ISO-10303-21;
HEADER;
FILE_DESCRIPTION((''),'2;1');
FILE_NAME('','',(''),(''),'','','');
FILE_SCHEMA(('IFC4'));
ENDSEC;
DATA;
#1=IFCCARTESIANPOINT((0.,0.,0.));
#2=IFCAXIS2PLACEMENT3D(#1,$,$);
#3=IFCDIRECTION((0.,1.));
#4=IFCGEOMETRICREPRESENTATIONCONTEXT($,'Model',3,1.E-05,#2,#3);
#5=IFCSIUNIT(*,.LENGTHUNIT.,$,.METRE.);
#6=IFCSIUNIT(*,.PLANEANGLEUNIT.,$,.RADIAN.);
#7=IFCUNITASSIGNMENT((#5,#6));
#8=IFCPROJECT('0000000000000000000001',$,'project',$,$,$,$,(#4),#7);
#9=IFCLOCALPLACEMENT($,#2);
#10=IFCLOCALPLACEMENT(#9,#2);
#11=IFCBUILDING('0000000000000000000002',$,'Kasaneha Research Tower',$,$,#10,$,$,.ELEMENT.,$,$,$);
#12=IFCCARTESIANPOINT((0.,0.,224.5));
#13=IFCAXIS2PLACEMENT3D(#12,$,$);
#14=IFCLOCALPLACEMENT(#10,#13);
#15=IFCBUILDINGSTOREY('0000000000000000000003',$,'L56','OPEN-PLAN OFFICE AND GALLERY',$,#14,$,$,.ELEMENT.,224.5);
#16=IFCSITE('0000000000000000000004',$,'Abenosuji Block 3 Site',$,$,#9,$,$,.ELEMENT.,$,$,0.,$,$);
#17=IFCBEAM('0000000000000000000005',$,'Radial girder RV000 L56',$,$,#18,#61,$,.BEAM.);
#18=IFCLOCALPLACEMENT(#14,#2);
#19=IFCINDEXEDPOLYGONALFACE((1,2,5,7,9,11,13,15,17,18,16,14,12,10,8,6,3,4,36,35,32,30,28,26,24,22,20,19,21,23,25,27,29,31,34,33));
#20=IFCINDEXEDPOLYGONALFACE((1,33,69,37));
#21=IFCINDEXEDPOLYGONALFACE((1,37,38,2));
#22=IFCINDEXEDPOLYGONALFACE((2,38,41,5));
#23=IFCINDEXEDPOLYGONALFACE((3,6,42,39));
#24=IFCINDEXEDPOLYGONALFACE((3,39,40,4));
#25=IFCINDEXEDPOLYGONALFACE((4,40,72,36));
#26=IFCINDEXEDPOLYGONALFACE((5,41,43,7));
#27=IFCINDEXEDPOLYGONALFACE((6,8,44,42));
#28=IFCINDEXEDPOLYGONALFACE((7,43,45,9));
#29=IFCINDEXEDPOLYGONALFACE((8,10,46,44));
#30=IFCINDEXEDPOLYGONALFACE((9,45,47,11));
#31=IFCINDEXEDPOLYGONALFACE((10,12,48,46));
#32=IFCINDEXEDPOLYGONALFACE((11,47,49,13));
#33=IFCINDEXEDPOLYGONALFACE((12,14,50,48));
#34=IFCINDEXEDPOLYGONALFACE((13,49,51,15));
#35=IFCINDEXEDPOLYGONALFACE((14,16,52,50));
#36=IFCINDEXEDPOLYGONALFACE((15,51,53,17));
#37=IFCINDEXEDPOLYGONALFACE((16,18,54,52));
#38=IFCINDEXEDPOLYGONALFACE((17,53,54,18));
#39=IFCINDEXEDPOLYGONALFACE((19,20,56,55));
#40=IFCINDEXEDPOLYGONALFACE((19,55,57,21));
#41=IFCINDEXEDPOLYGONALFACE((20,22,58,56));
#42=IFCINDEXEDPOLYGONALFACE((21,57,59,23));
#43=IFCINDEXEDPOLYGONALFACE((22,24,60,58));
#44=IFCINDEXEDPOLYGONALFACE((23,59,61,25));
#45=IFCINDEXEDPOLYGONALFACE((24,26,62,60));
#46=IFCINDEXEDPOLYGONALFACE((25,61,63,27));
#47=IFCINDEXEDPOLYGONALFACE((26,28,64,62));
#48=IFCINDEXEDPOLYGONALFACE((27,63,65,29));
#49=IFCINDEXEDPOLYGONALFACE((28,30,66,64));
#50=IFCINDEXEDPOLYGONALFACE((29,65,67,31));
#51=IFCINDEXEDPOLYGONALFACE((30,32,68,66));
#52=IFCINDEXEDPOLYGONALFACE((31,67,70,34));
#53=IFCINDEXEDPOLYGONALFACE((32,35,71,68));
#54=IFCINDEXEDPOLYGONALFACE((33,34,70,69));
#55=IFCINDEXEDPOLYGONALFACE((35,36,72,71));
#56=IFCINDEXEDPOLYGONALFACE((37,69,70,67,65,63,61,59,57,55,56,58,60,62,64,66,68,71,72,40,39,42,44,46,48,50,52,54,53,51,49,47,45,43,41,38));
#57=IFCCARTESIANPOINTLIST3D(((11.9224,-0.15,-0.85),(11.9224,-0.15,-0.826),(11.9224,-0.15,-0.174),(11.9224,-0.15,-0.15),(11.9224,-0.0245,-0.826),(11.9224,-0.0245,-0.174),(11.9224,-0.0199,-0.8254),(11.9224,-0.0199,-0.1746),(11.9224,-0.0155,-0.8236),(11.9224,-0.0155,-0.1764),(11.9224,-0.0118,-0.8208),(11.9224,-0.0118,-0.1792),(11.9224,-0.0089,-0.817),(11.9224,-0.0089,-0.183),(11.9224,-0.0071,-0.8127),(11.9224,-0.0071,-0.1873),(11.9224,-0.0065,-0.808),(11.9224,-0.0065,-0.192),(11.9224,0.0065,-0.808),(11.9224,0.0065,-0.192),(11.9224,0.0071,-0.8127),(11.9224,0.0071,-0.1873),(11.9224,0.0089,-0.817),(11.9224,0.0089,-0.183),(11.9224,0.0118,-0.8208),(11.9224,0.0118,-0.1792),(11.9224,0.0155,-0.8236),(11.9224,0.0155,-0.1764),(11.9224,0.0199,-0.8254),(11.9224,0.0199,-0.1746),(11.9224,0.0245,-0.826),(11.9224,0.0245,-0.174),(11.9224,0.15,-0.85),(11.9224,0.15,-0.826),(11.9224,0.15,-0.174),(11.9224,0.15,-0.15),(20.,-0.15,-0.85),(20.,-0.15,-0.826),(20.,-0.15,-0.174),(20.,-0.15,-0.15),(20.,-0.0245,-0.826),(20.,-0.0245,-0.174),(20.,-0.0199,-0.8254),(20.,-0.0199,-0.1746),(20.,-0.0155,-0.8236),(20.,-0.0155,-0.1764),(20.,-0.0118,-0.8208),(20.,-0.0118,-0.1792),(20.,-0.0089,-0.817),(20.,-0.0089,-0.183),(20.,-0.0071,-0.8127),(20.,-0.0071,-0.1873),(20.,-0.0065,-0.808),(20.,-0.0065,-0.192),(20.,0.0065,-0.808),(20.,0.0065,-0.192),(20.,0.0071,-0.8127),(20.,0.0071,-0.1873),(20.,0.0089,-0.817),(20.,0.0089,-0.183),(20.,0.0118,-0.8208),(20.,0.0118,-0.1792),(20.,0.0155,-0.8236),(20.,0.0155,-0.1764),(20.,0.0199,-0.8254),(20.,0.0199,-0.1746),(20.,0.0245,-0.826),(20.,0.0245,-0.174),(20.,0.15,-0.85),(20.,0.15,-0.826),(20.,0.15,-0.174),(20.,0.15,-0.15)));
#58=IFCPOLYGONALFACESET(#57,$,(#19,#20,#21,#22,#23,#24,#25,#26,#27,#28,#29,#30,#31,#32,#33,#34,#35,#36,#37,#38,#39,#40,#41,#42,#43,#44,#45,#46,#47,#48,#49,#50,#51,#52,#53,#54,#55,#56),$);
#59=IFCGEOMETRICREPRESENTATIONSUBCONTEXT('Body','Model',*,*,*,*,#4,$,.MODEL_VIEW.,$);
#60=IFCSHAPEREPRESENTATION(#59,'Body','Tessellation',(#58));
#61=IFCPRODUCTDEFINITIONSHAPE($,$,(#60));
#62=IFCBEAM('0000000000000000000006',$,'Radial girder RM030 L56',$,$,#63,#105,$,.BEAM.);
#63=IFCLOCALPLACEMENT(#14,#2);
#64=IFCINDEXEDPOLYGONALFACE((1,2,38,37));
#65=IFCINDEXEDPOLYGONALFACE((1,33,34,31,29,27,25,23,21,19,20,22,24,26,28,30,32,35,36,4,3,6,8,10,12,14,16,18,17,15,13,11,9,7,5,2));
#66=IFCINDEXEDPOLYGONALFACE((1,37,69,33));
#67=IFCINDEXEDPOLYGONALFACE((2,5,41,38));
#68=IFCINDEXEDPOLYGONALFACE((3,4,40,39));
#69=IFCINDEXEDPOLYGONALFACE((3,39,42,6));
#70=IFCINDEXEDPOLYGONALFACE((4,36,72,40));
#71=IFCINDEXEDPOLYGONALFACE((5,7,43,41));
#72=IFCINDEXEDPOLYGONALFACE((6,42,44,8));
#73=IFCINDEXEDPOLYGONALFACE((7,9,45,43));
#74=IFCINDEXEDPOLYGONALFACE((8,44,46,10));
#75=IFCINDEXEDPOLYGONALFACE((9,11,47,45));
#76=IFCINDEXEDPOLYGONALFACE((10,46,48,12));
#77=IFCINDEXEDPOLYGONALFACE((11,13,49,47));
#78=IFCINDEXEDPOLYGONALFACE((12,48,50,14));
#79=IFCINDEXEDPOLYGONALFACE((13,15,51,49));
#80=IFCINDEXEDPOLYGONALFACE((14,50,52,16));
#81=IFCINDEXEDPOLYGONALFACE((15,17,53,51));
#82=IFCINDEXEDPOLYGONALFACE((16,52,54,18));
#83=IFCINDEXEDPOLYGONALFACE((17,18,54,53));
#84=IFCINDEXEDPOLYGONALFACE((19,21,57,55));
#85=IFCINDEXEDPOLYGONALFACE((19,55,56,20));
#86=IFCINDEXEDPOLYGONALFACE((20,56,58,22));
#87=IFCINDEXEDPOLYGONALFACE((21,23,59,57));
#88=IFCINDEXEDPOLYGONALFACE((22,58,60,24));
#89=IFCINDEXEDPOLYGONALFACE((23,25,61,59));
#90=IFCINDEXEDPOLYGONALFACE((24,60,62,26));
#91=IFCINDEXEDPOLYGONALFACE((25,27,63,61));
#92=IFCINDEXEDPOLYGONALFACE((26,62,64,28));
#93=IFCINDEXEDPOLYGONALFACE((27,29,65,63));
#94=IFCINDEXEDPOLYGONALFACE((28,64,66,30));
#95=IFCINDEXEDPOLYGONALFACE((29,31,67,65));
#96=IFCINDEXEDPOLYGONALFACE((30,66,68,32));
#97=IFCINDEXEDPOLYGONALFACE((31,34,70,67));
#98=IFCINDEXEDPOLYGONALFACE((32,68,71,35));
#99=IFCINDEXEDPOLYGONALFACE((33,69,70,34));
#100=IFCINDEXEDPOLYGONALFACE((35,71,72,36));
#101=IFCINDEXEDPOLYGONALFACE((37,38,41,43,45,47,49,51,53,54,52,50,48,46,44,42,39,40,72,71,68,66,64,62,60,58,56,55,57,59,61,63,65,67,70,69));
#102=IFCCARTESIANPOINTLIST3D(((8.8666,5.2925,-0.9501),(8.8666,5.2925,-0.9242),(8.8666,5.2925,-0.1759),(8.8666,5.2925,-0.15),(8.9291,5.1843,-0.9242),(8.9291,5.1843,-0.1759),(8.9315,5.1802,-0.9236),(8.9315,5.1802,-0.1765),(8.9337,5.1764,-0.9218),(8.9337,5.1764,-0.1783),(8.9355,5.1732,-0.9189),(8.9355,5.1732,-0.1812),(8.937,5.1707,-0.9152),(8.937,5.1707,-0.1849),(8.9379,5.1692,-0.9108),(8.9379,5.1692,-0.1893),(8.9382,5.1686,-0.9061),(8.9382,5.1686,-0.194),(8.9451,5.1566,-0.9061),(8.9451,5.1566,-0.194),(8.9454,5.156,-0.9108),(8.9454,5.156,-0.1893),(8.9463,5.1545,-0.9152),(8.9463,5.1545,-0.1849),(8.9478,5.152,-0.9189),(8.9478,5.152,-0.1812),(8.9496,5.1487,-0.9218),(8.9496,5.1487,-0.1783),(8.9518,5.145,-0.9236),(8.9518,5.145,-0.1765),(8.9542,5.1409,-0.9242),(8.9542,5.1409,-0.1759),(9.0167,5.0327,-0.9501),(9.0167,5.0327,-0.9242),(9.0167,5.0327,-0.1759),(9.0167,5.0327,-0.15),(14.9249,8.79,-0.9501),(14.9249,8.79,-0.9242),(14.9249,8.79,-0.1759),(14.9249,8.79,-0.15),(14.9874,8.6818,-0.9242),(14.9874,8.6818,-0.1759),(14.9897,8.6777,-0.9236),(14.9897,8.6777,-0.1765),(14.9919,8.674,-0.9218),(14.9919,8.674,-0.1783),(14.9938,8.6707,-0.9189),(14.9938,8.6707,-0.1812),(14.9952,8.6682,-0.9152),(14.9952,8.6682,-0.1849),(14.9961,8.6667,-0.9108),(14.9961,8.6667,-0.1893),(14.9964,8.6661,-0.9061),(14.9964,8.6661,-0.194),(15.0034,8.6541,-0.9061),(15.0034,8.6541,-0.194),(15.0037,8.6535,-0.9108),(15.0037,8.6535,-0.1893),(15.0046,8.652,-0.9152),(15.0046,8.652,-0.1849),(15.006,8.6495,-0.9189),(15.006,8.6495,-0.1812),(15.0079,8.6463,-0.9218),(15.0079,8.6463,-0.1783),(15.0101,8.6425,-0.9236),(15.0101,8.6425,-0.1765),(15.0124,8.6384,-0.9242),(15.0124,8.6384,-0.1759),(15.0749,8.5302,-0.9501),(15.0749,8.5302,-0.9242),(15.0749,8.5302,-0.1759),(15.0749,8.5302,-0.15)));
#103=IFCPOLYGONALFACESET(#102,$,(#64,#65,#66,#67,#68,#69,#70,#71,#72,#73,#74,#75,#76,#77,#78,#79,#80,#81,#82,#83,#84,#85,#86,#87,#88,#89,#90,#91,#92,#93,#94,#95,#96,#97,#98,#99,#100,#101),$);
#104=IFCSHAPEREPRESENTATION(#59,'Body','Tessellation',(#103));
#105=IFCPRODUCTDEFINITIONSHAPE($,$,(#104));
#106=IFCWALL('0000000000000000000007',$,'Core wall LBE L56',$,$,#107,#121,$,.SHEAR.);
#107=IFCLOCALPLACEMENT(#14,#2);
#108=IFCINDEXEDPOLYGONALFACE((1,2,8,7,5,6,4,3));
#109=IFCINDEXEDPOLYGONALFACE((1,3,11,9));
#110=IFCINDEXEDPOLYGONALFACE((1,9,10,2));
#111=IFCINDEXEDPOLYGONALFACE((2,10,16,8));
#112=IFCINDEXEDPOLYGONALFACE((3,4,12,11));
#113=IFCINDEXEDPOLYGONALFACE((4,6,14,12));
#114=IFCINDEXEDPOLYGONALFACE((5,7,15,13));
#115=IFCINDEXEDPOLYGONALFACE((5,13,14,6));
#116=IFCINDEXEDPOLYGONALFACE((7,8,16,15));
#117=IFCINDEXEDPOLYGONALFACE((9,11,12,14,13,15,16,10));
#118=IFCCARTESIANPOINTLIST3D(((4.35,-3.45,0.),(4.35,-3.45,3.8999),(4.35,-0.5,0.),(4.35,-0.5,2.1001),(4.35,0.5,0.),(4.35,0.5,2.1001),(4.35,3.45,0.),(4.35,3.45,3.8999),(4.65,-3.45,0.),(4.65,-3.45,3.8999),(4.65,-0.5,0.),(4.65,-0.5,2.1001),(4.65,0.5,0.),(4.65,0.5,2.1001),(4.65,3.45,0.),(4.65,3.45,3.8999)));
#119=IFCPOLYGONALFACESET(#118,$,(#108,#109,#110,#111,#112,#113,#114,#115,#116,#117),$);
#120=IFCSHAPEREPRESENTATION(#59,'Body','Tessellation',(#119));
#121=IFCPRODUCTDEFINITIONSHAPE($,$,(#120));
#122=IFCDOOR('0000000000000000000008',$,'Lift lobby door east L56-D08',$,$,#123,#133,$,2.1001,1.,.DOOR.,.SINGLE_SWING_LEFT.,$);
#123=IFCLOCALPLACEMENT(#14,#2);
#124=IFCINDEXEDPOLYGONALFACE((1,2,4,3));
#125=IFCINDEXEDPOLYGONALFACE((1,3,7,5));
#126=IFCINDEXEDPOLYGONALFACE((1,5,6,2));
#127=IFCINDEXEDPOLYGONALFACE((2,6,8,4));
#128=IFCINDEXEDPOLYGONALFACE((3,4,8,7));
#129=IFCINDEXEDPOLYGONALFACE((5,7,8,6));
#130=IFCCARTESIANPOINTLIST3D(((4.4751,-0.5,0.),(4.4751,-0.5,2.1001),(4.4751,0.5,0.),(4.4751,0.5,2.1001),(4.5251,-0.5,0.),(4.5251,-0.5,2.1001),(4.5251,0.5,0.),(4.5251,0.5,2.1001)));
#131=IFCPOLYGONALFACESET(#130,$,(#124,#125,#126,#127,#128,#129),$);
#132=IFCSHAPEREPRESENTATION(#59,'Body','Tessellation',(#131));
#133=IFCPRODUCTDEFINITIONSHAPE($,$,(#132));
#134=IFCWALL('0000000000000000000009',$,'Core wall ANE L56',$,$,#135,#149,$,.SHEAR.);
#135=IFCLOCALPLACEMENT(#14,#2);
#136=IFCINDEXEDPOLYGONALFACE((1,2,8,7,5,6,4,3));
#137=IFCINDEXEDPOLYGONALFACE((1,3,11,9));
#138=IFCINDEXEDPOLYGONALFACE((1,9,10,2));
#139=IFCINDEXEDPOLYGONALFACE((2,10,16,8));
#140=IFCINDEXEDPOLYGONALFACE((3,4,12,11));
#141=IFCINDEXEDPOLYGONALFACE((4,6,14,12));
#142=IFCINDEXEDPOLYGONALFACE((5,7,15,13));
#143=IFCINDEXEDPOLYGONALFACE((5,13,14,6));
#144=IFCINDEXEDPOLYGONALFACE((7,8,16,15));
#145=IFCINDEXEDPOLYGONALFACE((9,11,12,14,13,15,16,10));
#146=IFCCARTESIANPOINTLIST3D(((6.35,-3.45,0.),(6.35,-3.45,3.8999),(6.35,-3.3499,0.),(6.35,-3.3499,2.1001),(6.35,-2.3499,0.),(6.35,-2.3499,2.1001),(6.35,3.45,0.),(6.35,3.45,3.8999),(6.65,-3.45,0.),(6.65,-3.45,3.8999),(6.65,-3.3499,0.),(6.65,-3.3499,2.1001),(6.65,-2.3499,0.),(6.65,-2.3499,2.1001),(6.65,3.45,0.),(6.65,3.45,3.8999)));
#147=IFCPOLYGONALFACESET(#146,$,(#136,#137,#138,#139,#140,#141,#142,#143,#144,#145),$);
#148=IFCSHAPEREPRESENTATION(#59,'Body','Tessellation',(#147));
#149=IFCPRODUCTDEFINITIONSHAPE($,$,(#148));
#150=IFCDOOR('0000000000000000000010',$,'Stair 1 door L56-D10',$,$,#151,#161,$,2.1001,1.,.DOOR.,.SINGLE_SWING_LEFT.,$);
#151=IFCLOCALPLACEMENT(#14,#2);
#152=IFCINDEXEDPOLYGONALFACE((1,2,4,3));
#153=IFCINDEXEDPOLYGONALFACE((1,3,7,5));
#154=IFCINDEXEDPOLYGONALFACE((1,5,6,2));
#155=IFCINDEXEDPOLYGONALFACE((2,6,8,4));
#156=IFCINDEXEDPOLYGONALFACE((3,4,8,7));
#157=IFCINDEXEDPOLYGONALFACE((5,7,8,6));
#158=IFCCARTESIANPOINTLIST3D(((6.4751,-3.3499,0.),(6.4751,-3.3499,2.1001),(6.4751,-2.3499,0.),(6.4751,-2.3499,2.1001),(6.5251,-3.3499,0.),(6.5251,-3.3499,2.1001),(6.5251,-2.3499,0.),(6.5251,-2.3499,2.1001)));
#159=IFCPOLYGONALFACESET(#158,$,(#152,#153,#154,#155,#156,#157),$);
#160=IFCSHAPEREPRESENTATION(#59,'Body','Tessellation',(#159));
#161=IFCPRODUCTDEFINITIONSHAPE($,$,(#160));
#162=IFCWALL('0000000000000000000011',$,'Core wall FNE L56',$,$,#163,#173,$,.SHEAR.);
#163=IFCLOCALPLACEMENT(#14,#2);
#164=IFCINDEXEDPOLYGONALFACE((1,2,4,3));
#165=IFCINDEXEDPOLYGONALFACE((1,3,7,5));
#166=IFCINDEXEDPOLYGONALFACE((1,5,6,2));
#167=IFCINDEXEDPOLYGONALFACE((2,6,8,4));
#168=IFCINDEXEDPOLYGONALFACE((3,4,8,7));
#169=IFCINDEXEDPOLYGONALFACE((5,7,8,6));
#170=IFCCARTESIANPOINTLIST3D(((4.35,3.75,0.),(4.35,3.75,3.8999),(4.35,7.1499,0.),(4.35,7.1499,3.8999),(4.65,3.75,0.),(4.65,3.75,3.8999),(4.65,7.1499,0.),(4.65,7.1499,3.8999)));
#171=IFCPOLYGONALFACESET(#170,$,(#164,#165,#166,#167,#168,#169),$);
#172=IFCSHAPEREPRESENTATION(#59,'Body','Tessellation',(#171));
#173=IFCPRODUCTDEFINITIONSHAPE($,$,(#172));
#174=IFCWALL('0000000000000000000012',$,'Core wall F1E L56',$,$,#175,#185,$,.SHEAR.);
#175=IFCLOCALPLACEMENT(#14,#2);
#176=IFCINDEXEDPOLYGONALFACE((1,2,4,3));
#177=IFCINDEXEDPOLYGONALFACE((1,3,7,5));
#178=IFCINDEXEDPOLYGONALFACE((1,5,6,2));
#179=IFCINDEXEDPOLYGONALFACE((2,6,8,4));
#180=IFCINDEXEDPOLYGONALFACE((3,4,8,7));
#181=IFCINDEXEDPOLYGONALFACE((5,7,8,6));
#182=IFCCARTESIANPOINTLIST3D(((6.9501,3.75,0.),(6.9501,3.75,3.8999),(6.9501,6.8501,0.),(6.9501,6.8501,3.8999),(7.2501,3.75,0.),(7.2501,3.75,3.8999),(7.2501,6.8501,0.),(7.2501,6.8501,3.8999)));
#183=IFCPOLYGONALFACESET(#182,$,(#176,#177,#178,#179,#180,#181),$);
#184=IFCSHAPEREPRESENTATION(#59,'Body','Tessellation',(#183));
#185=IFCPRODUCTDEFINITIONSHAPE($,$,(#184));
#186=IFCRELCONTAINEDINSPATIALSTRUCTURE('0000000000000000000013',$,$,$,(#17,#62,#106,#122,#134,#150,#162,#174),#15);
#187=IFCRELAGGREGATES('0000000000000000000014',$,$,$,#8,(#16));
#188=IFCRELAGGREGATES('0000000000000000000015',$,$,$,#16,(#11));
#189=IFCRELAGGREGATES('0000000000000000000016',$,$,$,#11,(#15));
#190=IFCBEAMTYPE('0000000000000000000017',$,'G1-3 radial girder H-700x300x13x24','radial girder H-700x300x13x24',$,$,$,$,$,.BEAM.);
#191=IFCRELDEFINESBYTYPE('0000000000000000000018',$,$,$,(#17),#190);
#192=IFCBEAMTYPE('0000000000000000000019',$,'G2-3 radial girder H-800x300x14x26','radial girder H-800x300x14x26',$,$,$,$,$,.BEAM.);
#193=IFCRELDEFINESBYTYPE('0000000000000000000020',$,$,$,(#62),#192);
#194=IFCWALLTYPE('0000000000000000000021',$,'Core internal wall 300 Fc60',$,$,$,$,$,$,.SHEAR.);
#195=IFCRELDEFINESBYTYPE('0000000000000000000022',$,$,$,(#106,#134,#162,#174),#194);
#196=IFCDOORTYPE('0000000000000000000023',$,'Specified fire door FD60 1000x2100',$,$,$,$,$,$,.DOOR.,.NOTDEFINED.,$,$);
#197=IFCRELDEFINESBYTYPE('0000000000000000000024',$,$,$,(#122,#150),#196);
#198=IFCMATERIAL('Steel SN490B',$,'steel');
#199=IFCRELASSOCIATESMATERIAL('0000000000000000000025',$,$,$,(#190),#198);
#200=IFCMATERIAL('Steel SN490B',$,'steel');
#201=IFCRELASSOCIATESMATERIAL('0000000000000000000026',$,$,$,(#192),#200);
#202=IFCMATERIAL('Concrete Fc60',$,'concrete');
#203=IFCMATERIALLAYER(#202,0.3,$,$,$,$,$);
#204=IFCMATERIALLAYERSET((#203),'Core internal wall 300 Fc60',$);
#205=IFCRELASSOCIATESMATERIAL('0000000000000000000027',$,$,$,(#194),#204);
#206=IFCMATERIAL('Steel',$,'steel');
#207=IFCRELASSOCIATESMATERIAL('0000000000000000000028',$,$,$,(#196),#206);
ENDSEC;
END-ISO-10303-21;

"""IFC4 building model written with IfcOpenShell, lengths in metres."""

from ifc_helpers import new_model, si_unit, direction, frame, frame_2d, origin, origin_2d, place, context, subcontext, project, spatial, rectangle, i_section, extrude, material, layer, layer_set, material_profile, profile_set, type_object, element, fill, save


model = new_model("IFC4")

# Units and contexts
model_context = context("Model", 3, precision=1e-05, world=origin(), true_north=direction((0.0, 1.0)))
body_context = subcontext(model_context, "Body", "Model", "MODEL_VIEW")
ifc_project = project(units=[si_unit("LENGTHUNIT", "METRE"), si_unit("PLANEANGLEUNIT", "RADIAN")], contexts=[model_context])

# Site, building, storey
site_placement = place(None, origin())
site = spatial("IfcSite", under=ifc_project, at=site_placement, Name="Abenosuji Block 3 Site", CompositionType="ELEMENT", RefElevation=0.0)
building_placement = place(site_placement, origin())
building = spatial("IfcBuilding", under=site, at=building_placement, Name="Kasaneha Research Tower", CompositionType="ELEMENT")
storey_placement = place(building_placement, frame((0.0, 0.0, 224.5)))
storey = spatial("IfcBuildingStorey", under=building, at=storey_placement, Name="L56", Description="OPEN-PLAN OFFICE AND GALLERY", CompositionType="ELEMENT", Elevation=224.5)

# Beams
ifc_material_1 = material(Name="Steel SN490B", Category="steel")
ifc_material_profile_1 = material_profile(ifc_material_1, i_section(OverallWidth=0.3, OverallDepth=0.7, WebThickness=0.0129, FlangeThickness=0.0239, FilletRadius=0.0181, at=origin_2d()), Name="H-700x300x13x24")
ifc_profile_set_1 = profile_set([ifc_material_profile_1], Name="Steel SN490B")
beam_type_1 = type_object("IfcBeamType", Name="G1-3 radial girder H-700x300x13x24", Description="radial girder H-700x300x13x24", PredefinedType="BEAM", material=ifc_profile_set_1)
beam_1_placement = place(storey_placement, frame((11.9224, 0.0, -0.5), z_axis=(1.0, 0.0, 0.0), x_axis=(0.0, 1.0, 0.0)))
element("IfcBeam", 1, at=beam_1_placement, inside=storey, type_object=beam_type_1, Name="Radial girder RV000 L56", PredefinedType="BEAM", context=body_context, shape_type="SweptSolid", body=[
    extrude(i_section(OverallWidth=0.3, OverallDepth=0.7, WebThickness=0.0129, FlangeThickness=0.0239, FilletRadius=0.0181, at=origin_2d()), origin(), (0.0, 0.0, 1.0), 8.0776),
])
ifc_material_2 = material(Name="Steel SN490B", Category="steel")
ifc_material_profile_2 = material_profile(ifc_material_2, i_section(OverallWidth=0.3, OverallDepth=0.8, WebThickness=0.0139, FlangeThickness=0.0259, FilletRadius=0.0181, at=origin_2d()), Name="H-800x300x14x26")
ifc_profile_set_2 = profile_set([ifc_material_profile_2], Name="Steel SN490B")
beam_type_2 = type_object("IfcBeamType", Name="G2-3 radial girder H-800x300x14x26", Description="radial girder H-800x300x14x26", PredefinedType="BEAM", material=ifc_profile_set_2)
beam_2_placement = place(storey_placement, frame((8.9417, 5.1626, -0.55), z_axis=(0.86604, 0.499975, 0.0), x_axis=(-0.499975, 0.86604, 0.0)))
element("IfcBeam", 2, at=beam_2_placement, inside=storey, type_object=beam_type_2, Name="Radial girder RM030 L56", PredefinedType="BEAM", context=body_context, shape_type="SweptSolid", body=[
    extrude(i_section(OverallWidth=0.3, OverallDepth=0.8, WebThickness=0.0139, FlangeThickness=0.0259, FilletRadius=0.0181, at=origin_2d()), origin(), (0.0, 0.0, 1.0), 6.9954),
])

# Walls, openings, doors
ifc_material_3 = material(Name="Concrete Fc60", Category="concrete")
ifc_layer_1 = layer(ifc_material_3, 0.3)
ifc_layer_set_1 = layer_set([ifc_layer_1], Name="Core internal wall 300 Fc60")
wall_type_1 = type_object("IfcWallType", Name="Core internal wall 300 Fc60", PredefinedType="SHEAR", material=ifc_layer_set_1)
wall_1_placement = place(storey_placement, frame((4.5, -3.45, 0.0), z_axis=(0.0, 0.0, 1.0), x_axis=(0.0, 1.0, 0.0)))
wall_1 = element("IfcWall", 3, at=wall_1_placement, inside=storey, type_object=wall_type_1, Name="Core wall LBE L56", PredefinedType="SHEAR", context=body_context, shape_type="SweptSolid", body=[
    extrude(rectangle(XDim=6.8999, YDim=0.3, at=frame_2d((3.45, 0.0))), origin(), (0.0, 0.0, 1.0), 3.8999),
])
opening_1_placement = place(wall_1_placement, frame((2.95, 0.0, 0.0)))
opening_1 = element("IfcOpeningElement", 4, at=opening_1_placement, cuts=wall_1, PredefinedType="OPENING", context=body_context, shape_type="SweptSolid", body=[
    extrude(rectangle(XDim=1.0, YDim=2.1001, at=frame_2d((0.5, 1.05))), frame((0.0, 0.1602, 0.0), z_axis=(0.0, -1.0, 0.0), x_axis=(1.0, 0.0, 0.0)), (0.0, 0.0, 1.0), 0.3201),
])
ifc_material_4 = material(Name="Steel", Category="steel")
door_type_1 = type_object("IfcDoorType", Name="Specified fire door FD60 1000x2100", OperationType="NOTDEFINED", PredefinedType="DOOR", material=ifc_material_4)
door_1_placement = place(opening_1_placement, origin())
door_1 = element("IfcDoor", 5, at=door_1_placement, inside=storey, type_object=door_type_1, Name="Lift lobby door east L56-D08", OperationType="SINGLE_SWING_LEFT", OverallHeight=2.1001, OverallWidth=1.0, PredefinedType="DOOR", context=body_context, shape_type="SweptSolid", body=[
    extrude(rectangle(XDim=1.0, YDim=2.1001, at=frame_2d((0.5, 1.05))), frame((0.0, 0.0249, 0.0), z_axis=(0.0, -1.0, 0.0), x_axis=(1.0, 0.0, 0.0)), (0.0, 0.0, 1.0), 0.05),
])
fill(opening_1, door_1)
wall_2_placement = place(storey_placement, frame((6.5, -3.45, 0.0), z_axis=(0.0, 0.0, 1.0), x_axis=(0.0, 1.0, 0.0)))
wall_2 = element("IfcWall", 6, at=wall_2_placement, inside=storey, type_object=wall_type_1, Name="Core wall ANE L56", PredefinedType="SHEAR", context=body_context, shape_type="SweptSolid", body=[
    extrude(rectangle(XDim=6.8999, YDim=0.3, at=frame_2d((3.45, 0.0))), origin(), (0.0, 0.0, 1.0), 3.8999),
])
opening_2_placement = place(wall_2_placement, frame((0.1001, 0.0, 0.0)))
opening_2 = element("IfcOpeningElement", 7, at=opening_2_placement, cuts=wall_2, PredefinedType="OPENING", context=body_context, shape_type="SweptSolid", body=[
    extrude(rectangle(XDim=1.0, YDim=2.1001, at=frame_2d((0.5, 1.05))), frame((0.0, 0.1602, 0.0), z_axis=(0.0, -1.0, 0.0), x_axis=(1.0, 0.0, 0.0)), (0.0, 0.0, 1.0), 0.3201),
])
door_2_placement = place(opening_2_placement, origin())
door_2 = element("IfcDoor", 8, at=door_2_placement, inside=storey, type_object=door_type_1, Name="Stair 1 door L56-D10", OperationType="SINGLE_SWING_LEFT", OverallHeight=2.1001, OverallWidth=1.0, PredefinedType="DOOR", context=body_context, shape_type="SweptSolid", body=[
    extrude(rectangle(XDim=1.0, YDim=2.1001, at=frame_2d((0.5, 1.05))), frame((0.0, 0.0249, 0.0), z_axis=(0.0, -1.0, 0.0), x_axis=(1.0, 0.0, 0.0)), (0.0, 0.0, 1.0), 0.05),
])
fill(opening_2, door_2)

# Walls
wall_3_placement = place(storey_placement, frame((4.5, 3.75, 0.0), z_axis=(0.0, 0.0, 1.0), x_axis=(0.0, 1.0, 0.0)))
element("IfcWall", 9, at=wall_3_placement, inside=storey, type_object=wall_type_1, Name="Core wall FNE L56", PredefinedType="SHEAR", context=body_context, shape_type="SweptSolid", body=[
    extrude(rectangle(XDim=3.3999, YDim=0.3, at=frame_2d((1.7, 0.0))), origin(), (0.0, 0.0, 1.0), 3.8999),
])
wall_4_placement = place(storey_placement, frame((7.1001, 3.75, 0.0), z_axis=(0.0, 0.0, 1.0), x_axis=(0.0, 1.0, 0.0)))
element("IfcWall", 10, at=wall_4_placement, inside=storey, type_object=wall_type_1, Name="Core wall F1E L56", PredefinedType="SHEAR", context=body_context, shape_type="SweptSolid", body=[
    extrude(rectangle(XDim=3.1001, YDim=0.3, at=frame_2d((1.55, 0.0))), origin(), (0.0, 0.0, 1.0), 3.8999),
])

save(model, "model.ifc")
